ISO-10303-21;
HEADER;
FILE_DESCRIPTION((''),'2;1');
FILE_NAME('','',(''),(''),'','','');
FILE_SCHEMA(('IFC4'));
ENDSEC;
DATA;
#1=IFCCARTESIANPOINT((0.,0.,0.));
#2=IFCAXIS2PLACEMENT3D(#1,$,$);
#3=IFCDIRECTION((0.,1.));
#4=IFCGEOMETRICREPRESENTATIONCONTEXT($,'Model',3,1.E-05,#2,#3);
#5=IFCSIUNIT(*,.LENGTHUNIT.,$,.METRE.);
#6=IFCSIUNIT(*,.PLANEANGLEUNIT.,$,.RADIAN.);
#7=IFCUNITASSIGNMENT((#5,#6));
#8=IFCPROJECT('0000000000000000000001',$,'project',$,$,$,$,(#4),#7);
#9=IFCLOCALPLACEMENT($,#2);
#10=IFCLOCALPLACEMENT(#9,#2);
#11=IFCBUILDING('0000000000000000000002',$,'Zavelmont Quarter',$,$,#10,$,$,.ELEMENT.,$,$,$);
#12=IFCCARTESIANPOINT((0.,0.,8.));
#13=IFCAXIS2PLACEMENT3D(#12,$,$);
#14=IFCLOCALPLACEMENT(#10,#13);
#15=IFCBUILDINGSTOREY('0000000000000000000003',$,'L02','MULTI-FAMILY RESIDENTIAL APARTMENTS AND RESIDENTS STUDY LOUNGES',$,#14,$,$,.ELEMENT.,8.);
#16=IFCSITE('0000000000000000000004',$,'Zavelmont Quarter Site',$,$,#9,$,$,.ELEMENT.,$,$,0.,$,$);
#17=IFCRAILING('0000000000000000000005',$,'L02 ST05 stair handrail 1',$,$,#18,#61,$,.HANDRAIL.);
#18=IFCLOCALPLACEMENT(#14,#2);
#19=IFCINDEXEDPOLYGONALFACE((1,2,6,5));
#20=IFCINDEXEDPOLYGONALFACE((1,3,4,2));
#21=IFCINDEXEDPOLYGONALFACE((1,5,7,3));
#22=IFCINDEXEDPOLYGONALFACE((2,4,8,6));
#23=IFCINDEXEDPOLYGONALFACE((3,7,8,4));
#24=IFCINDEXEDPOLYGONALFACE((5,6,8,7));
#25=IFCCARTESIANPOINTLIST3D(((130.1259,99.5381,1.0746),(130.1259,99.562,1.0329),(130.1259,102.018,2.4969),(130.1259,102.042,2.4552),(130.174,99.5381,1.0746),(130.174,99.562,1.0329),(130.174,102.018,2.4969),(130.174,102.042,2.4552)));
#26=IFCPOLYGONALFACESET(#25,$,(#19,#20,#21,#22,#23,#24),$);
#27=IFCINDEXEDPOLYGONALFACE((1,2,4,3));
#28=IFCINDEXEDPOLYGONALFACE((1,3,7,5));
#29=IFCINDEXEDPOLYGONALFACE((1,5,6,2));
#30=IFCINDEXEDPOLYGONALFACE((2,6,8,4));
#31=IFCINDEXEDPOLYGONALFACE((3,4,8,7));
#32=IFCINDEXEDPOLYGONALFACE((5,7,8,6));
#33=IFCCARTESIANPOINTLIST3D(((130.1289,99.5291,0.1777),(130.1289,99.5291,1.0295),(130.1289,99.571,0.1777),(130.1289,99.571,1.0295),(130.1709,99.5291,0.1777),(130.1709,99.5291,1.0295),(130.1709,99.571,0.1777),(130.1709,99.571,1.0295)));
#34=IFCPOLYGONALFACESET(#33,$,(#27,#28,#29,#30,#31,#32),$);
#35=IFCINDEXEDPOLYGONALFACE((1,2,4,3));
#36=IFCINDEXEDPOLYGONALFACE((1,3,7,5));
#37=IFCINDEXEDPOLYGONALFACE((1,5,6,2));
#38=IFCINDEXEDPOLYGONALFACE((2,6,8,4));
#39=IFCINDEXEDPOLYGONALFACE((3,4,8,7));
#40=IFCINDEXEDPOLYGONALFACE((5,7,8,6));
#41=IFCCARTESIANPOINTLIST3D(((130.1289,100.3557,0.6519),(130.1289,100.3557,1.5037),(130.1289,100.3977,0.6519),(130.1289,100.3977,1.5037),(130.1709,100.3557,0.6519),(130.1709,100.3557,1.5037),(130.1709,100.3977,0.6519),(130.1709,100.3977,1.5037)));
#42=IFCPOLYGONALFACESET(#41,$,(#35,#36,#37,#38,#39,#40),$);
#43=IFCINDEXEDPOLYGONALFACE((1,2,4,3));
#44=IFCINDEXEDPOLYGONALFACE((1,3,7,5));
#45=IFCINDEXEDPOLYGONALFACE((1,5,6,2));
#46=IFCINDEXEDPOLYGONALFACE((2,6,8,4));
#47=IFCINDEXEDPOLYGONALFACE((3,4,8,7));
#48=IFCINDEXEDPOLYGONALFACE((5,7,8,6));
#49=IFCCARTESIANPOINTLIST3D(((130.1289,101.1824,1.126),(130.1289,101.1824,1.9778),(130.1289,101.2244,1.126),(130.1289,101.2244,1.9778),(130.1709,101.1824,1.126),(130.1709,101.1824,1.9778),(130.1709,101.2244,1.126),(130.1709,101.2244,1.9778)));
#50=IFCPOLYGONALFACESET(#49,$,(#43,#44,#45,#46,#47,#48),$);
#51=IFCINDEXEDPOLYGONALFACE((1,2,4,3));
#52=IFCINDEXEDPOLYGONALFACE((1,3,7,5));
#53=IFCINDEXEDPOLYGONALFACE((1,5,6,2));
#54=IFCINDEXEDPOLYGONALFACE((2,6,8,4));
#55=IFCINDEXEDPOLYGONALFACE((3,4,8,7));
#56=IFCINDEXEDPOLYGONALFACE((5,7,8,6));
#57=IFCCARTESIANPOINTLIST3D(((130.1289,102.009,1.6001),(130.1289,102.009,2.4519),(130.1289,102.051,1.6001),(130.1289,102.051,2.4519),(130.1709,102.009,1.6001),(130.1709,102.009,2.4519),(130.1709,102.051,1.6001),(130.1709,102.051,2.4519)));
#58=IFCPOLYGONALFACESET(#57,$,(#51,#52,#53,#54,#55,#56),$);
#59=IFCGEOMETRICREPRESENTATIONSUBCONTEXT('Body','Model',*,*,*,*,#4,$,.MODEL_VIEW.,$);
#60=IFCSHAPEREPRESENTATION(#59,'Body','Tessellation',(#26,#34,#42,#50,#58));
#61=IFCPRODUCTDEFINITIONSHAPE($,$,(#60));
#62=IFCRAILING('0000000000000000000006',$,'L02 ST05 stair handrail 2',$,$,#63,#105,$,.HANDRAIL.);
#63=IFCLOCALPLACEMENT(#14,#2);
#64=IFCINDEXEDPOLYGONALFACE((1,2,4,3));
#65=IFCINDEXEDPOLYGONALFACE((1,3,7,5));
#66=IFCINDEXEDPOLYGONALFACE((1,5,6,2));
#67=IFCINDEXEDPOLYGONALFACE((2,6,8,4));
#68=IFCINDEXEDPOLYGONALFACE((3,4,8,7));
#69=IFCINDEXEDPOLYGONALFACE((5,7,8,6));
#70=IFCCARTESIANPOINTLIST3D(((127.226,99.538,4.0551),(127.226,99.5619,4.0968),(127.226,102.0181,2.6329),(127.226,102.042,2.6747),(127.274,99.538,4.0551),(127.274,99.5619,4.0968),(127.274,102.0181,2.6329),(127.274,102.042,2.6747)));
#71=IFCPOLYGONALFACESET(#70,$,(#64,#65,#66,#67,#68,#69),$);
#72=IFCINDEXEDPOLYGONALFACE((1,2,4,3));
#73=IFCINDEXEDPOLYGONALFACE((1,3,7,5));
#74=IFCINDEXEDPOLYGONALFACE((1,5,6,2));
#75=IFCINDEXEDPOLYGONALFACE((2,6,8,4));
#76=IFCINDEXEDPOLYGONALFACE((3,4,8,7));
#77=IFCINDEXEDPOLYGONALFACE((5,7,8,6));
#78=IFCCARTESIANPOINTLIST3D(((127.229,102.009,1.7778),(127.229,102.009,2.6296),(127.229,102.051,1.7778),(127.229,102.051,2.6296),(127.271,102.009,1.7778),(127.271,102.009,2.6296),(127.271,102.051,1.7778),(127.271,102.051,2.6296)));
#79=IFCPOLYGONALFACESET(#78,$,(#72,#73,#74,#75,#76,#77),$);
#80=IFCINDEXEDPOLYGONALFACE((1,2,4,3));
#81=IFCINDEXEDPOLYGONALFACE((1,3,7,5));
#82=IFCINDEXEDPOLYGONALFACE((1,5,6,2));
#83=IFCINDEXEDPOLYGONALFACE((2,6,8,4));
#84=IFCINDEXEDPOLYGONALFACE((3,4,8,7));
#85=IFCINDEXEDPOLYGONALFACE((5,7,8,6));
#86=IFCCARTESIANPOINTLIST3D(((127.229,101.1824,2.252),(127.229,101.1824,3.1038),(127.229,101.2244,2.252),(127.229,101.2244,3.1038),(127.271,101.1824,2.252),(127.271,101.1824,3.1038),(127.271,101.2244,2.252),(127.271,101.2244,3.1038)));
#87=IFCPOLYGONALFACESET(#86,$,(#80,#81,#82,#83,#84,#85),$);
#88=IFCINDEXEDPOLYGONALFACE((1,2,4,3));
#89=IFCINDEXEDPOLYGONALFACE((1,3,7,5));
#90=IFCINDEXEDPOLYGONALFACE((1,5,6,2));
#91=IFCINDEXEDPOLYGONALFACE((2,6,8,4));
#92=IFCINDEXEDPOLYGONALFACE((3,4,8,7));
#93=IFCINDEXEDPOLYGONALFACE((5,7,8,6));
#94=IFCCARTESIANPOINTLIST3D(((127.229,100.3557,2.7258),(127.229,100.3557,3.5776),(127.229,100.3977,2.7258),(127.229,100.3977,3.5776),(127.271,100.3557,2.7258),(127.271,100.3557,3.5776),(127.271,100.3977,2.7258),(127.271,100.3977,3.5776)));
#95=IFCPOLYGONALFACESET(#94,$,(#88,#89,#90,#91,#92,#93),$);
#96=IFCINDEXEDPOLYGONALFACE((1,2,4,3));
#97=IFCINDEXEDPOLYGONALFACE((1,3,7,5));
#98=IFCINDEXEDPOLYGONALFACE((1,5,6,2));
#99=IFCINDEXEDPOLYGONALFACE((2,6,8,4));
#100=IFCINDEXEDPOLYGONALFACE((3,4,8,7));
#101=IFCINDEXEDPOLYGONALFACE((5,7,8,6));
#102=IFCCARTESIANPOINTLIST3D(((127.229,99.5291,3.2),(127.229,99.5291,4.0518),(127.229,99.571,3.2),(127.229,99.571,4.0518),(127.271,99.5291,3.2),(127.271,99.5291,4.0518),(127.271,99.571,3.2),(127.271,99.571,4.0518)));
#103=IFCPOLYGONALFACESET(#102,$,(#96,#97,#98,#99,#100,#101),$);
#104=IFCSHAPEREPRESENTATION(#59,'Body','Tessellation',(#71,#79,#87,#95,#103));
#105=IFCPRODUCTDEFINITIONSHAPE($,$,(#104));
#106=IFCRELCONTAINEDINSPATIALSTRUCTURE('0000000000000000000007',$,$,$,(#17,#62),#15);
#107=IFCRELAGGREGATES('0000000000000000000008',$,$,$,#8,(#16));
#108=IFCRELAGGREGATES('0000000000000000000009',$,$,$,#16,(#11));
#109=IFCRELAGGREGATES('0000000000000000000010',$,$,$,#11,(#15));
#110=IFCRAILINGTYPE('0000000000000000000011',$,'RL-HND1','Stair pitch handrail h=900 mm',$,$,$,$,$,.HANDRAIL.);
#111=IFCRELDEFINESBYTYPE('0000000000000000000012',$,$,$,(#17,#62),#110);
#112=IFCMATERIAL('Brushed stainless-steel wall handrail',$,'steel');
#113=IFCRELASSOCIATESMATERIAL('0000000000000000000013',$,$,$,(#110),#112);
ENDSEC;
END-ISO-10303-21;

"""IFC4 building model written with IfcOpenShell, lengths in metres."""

from ifc_helpers import new_model, si_unit, direction, frame, origin, origin_2d, place, context, subcontext, project, spatial, rectangle, extrude, material, type_object, element, save


model = new_model("IFC4")

# Units and contexts
model_context = context("Model", 3, precision=1e-05, world=origin(), true_north=direction((0.0, 1.0)))
body_context = subcontext(model_context, "Body", "Model", "MODEL_VIEW")
ifc_project = project(units=[si_unit("LENGTHUNIT", "METRE"), si_unit("PLANEANGLEUNIT", "RADIAN")], contexts=[model_context])

# Site, building, storey
site_placement = place(None, origin())
site = spatial("IfcSite", under=ifc_project, at=site_placement, Name="Zavelmont Quarter Site", CompositionType="ELEMENT", RefElevation=0.0)
building_placement = place(site_placement, origin())
building = spatial("IfcBuilding", under=site, at=building_placement, Name="Zavelmont Quarter", CompositionType="ELEMENT")
storey_placement = place(building_placement, frame((0.0, 0.0, 8.0)))
storey = spatial("IfcBuildingStorey", under=building, at=storey_placement, Name="L02", Description="MULTI-FAMILY RESIDENTIAL APARTMENTS AND RESIDENTS STUDY LOUNGES", CompositionType="ELEMENT", Elevation=8.0)

# Railings
ifc_material_1 = material(Name="Brushed stainless-steel wall handrail", Category="steel")
railing_type_1 = type_object("IfcRailingType", Name="RL-HND1", Description="Stair pitch handrail h=900 mm", PredefinedType="HANDRAIL", material=ifc_material_1)
railing_1_placement = place(storey_placement, frame((130.1499, 99.55, 0.1777)))
element("IfcRailing", 1, at=railing_1_placement, inside=storey, type_object=railing_type_1, Name="L02 ST05 stair handrail 1", PredefinedType="HANDRAIL", context=body_context, shape_type="SweptSolid", body=[
    extrude(rectangle(XDim=0.0481, YDim=0.0481, at=origin_2d()), frame((0.0, 0.0, 0.876), z_axis=(0.0, 0.867454, 0.497518), x_axis=(-1.0, 0.0, 0.0)), (0.0, 0.0, 1.0), 2.8589),
    extrude(rectangle(XDim=0.042, YDim=0.042, at=origin_2d()), origin(), (0.0, 0.0, 1.0), 0.8518),
    extrude(rectangle(XDim=0.042, YDim=0.042, at=origin_2d()), frame((0.0, 0.8267, 0.4741)), (0.0, 0.0, 1.0), 0.8518),
    extrude(rectangle(XDim=0.042, YDim=0.042, at=origin_2d()), frame((0.0, 1.6533, 0.9482)), (0.0, 0.0, 1.0), 0.8518),
    extrude(rectangle(XDim=0.042, YDim=0.042, at=origin_2d()), frame((0.0, 2.48, 1.4224)), (0.0, 0.0, 1.0), 0.8518),
])
railing_2_placement = place(storey_placement, frame((127.25, 102.03, 1.7778)))
element("IfcRailing", 2, at=railing_2_placement, inside=storey, type_object=railing_type_1, Name="L02 ST05 stair handrail 2", PredefinedType="HANDRAIL", context=body_context, shape_type="SweptSolid", body=[
    extrude(rectangle(XDim=0.0481, YDim=0.0481, at=origin_2d()), frame((0.0, 0.0, 0.876), z_axis=(0.0, -0.867491, 0.497454), x_axis=(1.0, 0.0, 0.0)), (0.0, 0.0, 1.0), 2.8589),
    extrude(rectangle(XDim=0.042, YDim=0.042, at=origin_2d()), origin(), (0.0, 0.0, 1.0), 0.8518),
    extrude(rectangle(XDim=0.042, YDim=0.042, at=origin_2d()), frame((0.0, -0.8267, 0.4741)), (0.0, 0.0, 1.0), 0.8518),
    extrude(rectangle(XDim=0.042, YDim=0.042, at=origin_2d()), frame((0.0, -1.6533, 0.948)), (0.0, 0.0, 1.0), 0.8518),
    extrude(rectangle(XDim=0.042, YDim=0.042, at=origin_2d()), frame((0.0, -2.48, 1.4221)), (0.0, 0.0, 1.0), 0.8518),
])

save(model, "model.ifc")
